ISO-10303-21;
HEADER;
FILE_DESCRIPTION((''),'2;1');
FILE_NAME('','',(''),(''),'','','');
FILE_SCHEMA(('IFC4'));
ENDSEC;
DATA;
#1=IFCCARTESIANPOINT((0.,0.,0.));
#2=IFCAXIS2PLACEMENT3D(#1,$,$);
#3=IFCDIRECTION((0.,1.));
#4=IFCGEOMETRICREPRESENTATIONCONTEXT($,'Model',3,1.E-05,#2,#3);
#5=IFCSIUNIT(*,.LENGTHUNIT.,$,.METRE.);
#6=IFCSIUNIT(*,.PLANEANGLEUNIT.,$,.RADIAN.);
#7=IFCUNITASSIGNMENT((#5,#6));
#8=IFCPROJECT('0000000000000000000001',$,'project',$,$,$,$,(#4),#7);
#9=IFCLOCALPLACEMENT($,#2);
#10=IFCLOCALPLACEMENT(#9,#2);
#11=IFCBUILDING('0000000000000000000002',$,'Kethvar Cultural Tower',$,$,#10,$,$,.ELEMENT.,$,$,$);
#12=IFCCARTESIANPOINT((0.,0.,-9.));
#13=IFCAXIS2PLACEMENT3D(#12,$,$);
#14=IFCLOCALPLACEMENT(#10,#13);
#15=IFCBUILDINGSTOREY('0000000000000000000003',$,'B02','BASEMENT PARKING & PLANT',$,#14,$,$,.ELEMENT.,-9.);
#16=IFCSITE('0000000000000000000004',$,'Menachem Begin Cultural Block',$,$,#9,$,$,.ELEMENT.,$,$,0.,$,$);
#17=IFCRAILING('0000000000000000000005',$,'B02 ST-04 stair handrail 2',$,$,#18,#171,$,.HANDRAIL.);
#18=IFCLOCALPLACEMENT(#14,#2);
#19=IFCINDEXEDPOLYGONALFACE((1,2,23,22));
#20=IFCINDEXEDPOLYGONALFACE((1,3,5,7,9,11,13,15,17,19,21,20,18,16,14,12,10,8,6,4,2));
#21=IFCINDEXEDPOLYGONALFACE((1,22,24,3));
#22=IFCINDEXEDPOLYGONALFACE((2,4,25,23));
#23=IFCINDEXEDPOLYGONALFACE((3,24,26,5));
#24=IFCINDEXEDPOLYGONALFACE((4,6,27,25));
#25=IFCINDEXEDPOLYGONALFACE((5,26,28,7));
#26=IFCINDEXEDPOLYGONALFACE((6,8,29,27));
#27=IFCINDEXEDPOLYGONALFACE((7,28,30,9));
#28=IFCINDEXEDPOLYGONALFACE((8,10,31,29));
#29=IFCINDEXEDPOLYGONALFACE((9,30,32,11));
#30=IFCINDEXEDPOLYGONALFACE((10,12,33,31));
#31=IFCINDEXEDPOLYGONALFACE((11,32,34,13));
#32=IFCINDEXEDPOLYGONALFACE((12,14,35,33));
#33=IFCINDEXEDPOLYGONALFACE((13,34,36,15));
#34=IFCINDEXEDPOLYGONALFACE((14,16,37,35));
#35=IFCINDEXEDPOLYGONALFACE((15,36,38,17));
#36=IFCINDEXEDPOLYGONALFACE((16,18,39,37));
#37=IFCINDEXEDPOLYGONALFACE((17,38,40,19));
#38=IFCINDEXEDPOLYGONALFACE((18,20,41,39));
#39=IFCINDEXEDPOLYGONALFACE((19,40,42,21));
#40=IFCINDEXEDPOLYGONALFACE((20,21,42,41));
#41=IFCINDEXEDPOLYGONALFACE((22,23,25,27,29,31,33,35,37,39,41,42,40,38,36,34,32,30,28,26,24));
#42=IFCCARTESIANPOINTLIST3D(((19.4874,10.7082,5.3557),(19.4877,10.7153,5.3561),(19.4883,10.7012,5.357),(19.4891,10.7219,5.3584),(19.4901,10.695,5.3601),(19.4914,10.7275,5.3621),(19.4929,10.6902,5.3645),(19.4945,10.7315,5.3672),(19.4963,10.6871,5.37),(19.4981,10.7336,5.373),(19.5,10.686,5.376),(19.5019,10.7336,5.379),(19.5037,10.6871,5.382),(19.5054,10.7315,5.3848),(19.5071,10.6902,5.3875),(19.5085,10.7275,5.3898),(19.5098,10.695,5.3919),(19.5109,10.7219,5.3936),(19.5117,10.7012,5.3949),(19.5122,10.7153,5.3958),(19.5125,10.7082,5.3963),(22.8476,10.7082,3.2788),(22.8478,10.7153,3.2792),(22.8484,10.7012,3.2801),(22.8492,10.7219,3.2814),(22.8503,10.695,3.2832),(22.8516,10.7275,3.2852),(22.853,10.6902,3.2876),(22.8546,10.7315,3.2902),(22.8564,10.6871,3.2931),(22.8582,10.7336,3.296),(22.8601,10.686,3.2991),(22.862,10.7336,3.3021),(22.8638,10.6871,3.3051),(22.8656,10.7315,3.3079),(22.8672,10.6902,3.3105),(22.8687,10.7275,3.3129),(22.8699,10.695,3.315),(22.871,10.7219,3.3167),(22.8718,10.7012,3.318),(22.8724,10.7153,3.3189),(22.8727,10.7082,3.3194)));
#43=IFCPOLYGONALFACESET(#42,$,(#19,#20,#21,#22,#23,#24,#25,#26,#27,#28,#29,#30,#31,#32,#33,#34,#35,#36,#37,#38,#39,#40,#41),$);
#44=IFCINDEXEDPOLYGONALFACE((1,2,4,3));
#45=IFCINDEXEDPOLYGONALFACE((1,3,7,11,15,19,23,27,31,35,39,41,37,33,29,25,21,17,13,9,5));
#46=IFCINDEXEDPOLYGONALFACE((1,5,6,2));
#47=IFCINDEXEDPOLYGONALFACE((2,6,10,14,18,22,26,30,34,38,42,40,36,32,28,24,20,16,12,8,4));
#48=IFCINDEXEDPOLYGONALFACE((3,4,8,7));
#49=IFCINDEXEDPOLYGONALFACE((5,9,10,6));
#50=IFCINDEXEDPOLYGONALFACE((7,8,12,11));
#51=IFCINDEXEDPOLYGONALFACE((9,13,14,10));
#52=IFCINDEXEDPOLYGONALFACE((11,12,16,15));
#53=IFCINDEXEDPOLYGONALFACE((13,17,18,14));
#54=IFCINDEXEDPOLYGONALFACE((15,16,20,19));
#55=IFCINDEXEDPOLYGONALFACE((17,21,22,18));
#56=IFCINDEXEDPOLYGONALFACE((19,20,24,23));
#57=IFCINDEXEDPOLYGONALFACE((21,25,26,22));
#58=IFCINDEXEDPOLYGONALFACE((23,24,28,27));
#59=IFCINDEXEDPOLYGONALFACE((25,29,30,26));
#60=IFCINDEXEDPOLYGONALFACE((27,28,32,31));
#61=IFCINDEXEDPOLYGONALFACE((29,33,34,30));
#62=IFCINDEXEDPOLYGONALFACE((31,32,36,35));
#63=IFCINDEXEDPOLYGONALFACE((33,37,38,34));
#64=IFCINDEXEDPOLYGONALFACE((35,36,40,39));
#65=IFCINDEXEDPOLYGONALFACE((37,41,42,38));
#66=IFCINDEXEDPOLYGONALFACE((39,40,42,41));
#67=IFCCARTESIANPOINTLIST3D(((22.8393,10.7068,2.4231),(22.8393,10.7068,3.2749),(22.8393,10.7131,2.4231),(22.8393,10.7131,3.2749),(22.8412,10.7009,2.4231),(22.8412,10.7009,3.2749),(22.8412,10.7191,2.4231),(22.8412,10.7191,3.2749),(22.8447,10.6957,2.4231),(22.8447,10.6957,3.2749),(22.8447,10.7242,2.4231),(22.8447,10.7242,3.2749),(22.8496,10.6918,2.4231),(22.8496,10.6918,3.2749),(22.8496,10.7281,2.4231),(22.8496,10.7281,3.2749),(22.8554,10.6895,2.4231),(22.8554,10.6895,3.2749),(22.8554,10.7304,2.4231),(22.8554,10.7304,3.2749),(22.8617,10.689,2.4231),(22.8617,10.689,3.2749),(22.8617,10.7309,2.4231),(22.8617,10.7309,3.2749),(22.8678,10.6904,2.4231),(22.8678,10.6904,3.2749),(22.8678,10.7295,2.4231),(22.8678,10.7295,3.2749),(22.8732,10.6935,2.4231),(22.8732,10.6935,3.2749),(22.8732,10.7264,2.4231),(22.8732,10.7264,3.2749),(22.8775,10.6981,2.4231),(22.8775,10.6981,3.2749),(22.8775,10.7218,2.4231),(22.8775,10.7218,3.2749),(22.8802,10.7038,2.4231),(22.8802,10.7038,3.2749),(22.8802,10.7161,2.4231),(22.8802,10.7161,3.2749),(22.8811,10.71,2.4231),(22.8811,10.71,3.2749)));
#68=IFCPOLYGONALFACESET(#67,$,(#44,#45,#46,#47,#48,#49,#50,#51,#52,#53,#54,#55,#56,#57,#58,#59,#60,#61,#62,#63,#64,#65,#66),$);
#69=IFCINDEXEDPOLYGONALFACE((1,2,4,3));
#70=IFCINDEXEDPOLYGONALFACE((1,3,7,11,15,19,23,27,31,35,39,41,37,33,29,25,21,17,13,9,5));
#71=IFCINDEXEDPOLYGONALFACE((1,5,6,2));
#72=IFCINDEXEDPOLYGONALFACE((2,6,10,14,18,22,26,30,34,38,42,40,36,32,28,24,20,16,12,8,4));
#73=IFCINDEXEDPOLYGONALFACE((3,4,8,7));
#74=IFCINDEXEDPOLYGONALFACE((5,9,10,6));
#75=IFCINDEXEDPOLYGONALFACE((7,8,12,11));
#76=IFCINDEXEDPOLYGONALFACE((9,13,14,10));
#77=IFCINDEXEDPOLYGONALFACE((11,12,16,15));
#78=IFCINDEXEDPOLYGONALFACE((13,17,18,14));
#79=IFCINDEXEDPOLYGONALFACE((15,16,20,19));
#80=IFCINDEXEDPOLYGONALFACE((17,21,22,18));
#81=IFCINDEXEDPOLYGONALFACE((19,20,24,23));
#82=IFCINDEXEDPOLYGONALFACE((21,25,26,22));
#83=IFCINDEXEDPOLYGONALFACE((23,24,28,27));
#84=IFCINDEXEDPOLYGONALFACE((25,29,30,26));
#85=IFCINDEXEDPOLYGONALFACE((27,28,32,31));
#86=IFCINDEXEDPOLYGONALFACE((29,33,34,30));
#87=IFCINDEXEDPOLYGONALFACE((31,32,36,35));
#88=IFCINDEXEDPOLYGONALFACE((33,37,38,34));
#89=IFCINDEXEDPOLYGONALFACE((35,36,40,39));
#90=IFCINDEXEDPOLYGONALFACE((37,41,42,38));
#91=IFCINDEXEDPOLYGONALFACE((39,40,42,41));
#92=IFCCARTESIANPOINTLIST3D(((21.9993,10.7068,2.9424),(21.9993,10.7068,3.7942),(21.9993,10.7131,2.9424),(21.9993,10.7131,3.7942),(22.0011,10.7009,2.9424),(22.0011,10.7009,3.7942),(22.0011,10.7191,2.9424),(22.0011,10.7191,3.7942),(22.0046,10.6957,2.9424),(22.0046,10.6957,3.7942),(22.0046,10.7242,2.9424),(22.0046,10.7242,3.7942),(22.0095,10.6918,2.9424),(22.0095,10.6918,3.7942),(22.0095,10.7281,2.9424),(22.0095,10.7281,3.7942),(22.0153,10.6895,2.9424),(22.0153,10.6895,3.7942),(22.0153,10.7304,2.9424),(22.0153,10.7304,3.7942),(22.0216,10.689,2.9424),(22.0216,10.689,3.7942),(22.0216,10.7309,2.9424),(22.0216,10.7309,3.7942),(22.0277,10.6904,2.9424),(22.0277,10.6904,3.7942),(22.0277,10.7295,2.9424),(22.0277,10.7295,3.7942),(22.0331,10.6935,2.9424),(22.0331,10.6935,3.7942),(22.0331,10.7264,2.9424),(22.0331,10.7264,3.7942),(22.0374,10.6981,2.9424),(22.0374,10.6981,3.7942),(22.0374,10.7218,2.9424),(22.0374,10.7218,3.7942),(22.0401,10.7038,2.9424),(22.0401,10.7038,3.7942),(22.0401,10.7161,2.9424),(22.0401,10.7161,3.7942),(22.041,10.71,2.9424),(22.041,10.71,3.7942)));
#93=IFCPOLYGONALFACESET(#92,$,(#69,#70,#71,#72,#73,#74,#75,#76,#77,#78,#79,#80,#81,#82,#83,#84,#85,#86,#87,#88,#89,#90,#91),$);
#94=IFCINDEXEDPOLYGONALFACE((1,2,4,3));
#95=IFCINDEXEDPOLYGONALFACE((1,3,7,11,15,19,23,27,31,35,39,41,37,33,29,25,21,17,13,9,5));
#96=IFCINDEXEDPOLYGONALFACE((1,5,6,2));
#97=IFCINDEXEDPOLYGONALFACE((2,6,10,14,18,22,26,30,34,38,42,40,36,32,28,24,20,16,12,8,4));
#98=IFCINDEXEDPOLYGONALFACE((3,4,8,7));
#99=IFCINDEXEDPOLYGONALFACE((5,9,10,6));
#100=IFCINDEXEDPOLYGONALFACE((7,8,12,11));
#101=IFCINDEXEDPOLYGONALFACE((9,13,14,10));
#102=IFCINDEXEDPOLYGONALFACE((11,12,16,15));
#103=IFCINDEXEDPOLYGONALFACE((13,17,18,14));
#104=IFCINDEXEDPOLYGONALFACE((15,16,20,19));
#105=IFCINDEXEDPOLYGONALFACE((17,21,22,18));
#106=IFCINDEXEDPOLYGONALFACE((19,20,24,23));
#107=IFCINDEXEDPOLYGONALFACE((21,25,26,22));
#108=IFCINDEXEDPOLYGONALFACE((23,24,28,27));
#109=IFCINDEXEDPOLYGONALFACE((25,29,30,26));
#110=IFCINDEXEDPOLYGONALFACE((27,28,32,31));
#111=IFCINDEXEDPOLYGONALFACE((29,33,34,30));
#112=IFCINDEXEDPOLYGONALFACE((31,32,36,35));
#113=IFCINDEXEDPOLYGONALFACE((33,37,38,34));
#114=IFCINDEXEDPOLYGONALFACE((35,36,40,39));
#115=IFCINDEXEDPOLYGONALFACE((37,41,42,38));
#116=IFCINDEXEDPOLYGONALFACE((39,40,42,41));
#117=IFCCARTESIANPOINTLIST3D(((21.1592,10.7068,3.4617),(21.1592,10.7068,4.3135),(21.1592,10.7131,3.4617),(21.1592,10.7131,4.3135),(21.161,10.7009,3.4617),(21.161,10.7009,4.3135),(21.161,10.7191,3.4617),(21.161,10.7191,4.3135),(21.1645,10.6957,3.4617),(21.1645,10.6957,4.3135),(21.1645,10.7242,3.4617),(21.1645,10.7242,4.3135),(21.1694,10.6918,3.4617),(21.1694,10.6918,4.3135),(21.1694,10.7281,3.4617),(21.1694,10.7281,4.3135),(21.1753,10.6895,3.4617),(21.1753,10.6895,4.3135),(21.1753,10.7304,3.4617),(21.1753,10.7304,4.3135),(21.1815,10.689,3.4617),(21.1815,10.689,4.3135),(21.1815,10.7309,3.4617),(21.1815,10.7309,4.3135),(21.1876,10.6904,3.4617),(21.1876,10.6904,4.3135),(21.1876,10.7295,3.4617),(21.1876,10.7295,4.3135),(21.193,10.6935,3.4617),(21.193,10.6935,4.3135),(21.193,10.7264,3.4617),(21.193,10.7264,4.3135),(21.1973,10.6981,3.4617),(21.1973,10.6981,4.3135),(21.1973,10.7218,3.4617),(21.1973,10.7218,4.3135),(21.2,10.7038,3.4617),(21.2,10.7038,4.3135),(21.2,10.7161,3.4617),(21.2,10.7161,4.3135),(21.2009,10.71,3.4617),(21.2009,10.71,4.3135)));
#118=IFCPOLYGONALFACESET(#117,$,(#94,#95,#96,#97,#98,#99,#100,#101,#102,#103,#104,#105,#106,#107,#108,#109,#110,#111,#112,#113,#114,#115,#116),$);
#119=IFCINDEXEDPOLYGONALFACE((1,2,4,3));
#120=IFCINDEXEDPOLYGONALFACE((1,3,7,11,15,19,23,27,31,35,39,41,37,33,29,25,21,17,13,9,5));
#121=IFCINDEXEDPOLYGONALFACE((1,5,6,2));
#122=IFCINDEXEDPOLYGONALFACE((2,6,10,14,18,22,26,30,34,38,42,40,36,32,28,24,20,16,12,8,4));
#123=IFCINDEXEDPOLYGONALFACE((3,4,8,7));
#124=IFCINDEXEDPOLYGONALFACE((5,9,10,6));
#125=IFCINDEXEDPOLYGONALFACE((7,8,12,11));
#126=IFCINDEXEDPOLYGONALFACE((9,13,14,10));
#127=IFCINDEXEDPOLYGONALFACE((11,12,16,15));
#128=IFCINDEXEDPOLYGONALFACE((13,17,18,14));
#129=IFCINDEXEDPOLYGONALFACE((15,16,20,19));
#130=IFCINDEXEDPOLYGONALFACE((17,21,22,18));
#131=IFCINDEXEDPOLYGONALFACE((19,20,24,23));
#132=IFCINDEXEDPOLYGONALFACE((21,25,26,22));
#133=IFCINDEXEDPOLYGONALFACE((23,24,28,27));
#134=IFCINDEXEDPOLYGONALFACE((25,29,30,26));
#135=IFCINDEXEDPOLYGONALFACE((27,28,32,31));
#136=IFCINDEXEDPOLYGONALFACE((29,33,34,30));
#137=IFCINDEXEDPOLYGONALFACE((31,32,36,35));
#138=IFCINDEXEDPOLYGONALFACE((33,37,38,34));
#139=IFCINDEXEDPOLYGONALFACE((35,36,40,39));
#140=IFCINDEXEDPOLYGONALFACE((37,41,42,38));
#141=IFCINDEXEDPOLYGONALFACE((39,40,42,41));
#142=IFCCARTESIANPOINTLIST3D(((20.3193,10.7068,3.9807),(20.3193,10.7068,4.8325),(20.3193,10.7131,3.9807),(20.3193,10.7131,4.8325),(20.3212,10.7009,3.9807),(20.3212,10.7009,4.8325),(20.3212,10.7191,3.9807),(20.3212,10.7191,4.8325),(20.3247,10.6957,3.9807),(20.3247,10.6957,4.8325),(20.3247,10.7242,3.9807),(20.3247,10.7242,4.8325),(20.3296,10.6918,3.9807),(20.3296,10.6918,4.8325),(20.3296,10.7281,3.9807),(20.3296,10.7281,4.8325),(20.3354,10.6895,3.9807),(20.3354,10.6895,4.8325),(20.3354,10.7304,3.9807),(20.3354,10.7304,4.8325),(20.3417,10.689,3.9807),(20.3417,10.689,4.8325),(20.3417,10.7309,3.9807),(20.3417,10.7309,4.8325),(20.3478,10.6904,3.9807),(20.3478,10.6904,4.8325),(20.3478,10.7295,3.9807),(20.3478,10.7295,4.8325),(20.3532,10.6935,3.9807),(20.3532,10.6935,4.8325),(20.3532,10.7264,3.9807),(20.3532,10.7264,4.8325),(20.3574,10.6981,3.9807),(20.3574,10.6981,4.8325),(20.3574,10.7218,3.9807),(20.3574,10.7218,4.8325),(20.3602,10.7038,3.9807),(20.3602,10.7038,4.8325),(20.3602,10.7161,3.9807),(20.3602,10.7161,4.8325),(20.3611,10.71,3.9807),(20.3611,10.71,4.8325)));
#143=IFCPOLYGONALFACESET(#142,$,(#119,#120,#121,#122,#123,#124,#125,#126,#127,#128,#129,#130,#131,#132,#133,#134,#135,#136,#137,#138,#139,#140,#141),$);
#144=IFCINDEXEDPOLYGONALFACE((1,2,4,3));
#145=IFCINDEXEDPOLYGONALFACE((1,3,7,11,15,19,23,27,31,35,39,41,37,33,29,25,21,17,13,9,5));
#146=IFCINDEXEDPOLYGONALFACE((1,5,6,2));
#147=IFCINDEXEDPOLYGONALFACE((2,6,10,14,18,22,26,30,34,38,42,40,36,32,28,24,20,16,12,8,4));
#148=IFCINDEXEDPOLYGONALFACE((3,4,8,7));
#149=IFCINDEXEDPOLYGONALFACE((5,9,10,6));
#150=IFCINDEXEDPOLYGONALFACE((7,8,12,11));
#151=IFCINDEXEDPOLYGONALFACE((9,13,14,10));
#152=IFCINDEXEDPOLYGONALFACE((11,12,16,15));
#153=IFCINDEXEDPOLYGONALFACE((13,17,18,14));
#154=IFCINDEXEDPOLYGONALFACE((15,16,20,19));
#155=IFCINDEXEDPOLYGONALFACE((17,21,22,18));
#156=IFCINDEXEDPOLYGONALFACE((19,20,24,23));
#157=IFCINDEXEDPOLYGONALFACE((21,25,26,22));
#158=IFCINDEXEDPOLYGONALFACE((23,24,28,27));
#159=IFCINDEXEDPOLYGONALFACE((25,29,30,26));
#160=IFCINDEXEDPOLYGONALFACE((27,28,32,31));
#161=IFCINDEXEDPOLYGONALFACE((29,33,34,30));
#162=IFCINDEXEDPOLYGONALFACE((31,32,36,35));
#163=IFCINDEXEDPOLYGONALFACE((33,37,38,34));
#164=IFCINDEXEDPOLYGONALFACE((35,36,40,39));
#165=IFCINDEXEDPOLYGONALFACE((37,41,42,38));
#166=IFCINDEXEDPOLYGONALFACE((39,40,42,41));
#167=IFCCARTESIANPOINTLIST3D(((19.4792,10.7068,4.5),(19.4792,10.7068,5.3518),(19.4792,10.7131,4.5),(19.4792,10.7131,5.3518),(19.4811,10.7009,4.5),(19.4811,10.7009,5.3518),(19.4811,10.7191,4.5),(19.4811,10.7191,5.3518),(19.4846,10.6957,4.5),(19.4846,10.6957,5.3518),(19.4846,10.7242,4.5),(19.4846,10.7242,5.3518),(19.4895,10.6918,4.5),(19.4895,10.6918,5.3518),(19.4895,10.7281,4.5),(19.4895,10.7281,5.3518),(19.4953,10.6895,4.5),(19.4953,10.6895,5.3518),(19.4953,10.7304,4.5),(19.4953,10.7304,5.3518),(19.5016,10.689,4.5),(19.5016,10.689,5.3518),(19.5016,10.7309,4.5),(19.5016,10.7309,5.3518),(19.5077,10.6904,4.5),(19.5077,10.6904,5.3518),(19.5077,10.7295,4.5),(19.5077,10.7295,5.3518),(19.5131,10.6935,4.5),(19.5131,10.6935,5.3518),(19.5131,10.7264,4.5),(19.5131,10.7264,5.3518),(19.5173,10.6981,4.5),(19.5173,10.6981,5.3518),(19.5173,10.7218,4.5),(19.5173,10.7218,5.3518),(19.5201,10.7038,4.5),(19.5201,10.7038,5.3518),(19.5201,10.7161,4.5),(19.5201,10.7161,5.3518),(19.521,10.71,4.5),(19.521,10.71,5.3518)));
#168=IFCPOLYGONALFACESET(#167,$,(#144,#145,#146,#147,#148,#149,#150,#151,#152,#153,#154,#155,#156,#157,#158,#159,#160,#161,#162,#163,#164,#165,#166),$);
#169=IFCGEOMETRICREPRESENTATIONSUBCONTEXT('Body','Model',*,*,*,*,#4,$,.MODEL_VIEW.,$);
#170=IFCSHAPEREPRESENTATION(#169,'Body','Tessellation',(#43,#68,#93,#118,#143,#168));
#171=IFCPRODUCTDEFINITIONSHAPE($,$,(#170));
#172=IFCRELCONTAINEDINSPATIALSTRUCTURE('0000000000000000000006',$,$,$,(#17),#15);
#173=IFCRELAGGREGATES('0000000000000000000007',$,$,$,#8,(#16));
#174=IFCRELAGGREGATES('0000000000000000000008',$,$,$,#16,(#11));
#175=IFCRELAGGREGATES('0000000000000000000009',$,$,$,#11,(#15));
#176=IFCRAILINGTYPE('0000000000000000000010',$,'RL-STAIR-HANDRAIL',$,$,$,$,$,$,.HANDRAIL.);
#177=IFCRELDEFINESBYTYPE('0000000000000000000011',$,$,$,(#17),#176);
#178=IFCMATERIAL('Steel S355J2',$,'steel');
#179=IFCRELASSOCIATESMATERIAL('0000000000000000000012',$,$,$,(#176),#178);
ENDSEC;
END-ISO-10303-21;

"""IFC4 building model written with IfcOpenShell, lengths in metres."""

from ifc_helpers import new_model, si_unit, direction, frame, origin, origin_2d, place, context, subcontext, project, spatial, circle, extrude, material, type_object, element, save


model = new_model("IFC4")

# Units and contexts
model_context = context("Model", 3, precision=1e-05, world=origin(), true_north=direction((0.0, 1.0)))
body_context = subcontext(model_context, "Body", "Model", "MODEL_VIEW")
ifc_project = project(units=[si_unit("LENGTHUNIT", "METRE"), si_unit("PLANEANGLEUNIT", "RADIAN")], contexts=[model_context])

# Site, building, storey
site_placement = place(None, origin())
site = spatial("IfcSite", under=ifc_project, at=site_placement, Name="Menachem Begin Cultural Block", CompositionType="ELEMENT", RefElevation=0.0)
building_placement = place(site_placement, origin())
building = spatial("IfcBuilding", under=site, at=building_placement, Name="Kethvar Cultural Tower", CompositionType="ELEMENT")
storey_placement = place(building_placement, frame((0.0, 0.0, -9.0)))
storey = spatial("IfcBuildingStorey", under=building, at=storey_placement, Name="B02", Description="BASEMENT PARKING & PLANT", CompositionType="ELEMENT", Elevation=-9.0)

# Shared definitions
ifc_material_1 = material(Name="Steel S355J2", Category="steel")

# Railing
railing_type_1 = type_object("IfcRailingType", Name="RL-STAIR-HANDRAIL", PredefinedType="HANDRAIL", material=ifc_material_1)
railing_1_placement = place(storey_placement, frame((22.8601, 10.71, 2.4231)))
element("IfcRailing", 1, at=railing_1_placement, inside=storey, type_object=railing_type_1, Name="B02 ST-04 stair handrail 2", PredefinedType="HANDRAIL", context=body_context, shape_type="SweptSolid", body=[
    extrude(circle(Radius=0.0239, at=origin_2d()), frame((0.0, 0.0, 0.876), z_axis=(-0.850623, 0.0, 0.525776), x_axis=(0.0, -1.0, 0.0)), (0.0, 0.0, 1.0), 3.9502),
    extrude(circle(Radius=0.021, at=origin_2d()), origin(), (0.0, 0.0, 1.0), 0.8518),
    extrude(circle(Radius=0.021, at=origin_2d()), frame((-0.8401, 0.0, 0.5193)), (0.0, 0.0, 1.0), 0.8518),
    extrude(circle(Radius=0.021, at=origin_2d()), frame((-1.6802, 0.0, 1.0386)), (0.0, 0.0, 1.0), 0.8518),
    extrude(circle(Radius=0.021, at=origin_2d()), frame((-2.52, 0.0, 1.5576)), (0.0, 0.0, 1.0), 0.8518),
    extrude(circle(Radius=0.021, at=origin_2d()), frame((-3.3601, 0.0, 2.0769)), (0.0, 0.0, 1.0), 0.8518),
])

save(model, "model.ifc")
